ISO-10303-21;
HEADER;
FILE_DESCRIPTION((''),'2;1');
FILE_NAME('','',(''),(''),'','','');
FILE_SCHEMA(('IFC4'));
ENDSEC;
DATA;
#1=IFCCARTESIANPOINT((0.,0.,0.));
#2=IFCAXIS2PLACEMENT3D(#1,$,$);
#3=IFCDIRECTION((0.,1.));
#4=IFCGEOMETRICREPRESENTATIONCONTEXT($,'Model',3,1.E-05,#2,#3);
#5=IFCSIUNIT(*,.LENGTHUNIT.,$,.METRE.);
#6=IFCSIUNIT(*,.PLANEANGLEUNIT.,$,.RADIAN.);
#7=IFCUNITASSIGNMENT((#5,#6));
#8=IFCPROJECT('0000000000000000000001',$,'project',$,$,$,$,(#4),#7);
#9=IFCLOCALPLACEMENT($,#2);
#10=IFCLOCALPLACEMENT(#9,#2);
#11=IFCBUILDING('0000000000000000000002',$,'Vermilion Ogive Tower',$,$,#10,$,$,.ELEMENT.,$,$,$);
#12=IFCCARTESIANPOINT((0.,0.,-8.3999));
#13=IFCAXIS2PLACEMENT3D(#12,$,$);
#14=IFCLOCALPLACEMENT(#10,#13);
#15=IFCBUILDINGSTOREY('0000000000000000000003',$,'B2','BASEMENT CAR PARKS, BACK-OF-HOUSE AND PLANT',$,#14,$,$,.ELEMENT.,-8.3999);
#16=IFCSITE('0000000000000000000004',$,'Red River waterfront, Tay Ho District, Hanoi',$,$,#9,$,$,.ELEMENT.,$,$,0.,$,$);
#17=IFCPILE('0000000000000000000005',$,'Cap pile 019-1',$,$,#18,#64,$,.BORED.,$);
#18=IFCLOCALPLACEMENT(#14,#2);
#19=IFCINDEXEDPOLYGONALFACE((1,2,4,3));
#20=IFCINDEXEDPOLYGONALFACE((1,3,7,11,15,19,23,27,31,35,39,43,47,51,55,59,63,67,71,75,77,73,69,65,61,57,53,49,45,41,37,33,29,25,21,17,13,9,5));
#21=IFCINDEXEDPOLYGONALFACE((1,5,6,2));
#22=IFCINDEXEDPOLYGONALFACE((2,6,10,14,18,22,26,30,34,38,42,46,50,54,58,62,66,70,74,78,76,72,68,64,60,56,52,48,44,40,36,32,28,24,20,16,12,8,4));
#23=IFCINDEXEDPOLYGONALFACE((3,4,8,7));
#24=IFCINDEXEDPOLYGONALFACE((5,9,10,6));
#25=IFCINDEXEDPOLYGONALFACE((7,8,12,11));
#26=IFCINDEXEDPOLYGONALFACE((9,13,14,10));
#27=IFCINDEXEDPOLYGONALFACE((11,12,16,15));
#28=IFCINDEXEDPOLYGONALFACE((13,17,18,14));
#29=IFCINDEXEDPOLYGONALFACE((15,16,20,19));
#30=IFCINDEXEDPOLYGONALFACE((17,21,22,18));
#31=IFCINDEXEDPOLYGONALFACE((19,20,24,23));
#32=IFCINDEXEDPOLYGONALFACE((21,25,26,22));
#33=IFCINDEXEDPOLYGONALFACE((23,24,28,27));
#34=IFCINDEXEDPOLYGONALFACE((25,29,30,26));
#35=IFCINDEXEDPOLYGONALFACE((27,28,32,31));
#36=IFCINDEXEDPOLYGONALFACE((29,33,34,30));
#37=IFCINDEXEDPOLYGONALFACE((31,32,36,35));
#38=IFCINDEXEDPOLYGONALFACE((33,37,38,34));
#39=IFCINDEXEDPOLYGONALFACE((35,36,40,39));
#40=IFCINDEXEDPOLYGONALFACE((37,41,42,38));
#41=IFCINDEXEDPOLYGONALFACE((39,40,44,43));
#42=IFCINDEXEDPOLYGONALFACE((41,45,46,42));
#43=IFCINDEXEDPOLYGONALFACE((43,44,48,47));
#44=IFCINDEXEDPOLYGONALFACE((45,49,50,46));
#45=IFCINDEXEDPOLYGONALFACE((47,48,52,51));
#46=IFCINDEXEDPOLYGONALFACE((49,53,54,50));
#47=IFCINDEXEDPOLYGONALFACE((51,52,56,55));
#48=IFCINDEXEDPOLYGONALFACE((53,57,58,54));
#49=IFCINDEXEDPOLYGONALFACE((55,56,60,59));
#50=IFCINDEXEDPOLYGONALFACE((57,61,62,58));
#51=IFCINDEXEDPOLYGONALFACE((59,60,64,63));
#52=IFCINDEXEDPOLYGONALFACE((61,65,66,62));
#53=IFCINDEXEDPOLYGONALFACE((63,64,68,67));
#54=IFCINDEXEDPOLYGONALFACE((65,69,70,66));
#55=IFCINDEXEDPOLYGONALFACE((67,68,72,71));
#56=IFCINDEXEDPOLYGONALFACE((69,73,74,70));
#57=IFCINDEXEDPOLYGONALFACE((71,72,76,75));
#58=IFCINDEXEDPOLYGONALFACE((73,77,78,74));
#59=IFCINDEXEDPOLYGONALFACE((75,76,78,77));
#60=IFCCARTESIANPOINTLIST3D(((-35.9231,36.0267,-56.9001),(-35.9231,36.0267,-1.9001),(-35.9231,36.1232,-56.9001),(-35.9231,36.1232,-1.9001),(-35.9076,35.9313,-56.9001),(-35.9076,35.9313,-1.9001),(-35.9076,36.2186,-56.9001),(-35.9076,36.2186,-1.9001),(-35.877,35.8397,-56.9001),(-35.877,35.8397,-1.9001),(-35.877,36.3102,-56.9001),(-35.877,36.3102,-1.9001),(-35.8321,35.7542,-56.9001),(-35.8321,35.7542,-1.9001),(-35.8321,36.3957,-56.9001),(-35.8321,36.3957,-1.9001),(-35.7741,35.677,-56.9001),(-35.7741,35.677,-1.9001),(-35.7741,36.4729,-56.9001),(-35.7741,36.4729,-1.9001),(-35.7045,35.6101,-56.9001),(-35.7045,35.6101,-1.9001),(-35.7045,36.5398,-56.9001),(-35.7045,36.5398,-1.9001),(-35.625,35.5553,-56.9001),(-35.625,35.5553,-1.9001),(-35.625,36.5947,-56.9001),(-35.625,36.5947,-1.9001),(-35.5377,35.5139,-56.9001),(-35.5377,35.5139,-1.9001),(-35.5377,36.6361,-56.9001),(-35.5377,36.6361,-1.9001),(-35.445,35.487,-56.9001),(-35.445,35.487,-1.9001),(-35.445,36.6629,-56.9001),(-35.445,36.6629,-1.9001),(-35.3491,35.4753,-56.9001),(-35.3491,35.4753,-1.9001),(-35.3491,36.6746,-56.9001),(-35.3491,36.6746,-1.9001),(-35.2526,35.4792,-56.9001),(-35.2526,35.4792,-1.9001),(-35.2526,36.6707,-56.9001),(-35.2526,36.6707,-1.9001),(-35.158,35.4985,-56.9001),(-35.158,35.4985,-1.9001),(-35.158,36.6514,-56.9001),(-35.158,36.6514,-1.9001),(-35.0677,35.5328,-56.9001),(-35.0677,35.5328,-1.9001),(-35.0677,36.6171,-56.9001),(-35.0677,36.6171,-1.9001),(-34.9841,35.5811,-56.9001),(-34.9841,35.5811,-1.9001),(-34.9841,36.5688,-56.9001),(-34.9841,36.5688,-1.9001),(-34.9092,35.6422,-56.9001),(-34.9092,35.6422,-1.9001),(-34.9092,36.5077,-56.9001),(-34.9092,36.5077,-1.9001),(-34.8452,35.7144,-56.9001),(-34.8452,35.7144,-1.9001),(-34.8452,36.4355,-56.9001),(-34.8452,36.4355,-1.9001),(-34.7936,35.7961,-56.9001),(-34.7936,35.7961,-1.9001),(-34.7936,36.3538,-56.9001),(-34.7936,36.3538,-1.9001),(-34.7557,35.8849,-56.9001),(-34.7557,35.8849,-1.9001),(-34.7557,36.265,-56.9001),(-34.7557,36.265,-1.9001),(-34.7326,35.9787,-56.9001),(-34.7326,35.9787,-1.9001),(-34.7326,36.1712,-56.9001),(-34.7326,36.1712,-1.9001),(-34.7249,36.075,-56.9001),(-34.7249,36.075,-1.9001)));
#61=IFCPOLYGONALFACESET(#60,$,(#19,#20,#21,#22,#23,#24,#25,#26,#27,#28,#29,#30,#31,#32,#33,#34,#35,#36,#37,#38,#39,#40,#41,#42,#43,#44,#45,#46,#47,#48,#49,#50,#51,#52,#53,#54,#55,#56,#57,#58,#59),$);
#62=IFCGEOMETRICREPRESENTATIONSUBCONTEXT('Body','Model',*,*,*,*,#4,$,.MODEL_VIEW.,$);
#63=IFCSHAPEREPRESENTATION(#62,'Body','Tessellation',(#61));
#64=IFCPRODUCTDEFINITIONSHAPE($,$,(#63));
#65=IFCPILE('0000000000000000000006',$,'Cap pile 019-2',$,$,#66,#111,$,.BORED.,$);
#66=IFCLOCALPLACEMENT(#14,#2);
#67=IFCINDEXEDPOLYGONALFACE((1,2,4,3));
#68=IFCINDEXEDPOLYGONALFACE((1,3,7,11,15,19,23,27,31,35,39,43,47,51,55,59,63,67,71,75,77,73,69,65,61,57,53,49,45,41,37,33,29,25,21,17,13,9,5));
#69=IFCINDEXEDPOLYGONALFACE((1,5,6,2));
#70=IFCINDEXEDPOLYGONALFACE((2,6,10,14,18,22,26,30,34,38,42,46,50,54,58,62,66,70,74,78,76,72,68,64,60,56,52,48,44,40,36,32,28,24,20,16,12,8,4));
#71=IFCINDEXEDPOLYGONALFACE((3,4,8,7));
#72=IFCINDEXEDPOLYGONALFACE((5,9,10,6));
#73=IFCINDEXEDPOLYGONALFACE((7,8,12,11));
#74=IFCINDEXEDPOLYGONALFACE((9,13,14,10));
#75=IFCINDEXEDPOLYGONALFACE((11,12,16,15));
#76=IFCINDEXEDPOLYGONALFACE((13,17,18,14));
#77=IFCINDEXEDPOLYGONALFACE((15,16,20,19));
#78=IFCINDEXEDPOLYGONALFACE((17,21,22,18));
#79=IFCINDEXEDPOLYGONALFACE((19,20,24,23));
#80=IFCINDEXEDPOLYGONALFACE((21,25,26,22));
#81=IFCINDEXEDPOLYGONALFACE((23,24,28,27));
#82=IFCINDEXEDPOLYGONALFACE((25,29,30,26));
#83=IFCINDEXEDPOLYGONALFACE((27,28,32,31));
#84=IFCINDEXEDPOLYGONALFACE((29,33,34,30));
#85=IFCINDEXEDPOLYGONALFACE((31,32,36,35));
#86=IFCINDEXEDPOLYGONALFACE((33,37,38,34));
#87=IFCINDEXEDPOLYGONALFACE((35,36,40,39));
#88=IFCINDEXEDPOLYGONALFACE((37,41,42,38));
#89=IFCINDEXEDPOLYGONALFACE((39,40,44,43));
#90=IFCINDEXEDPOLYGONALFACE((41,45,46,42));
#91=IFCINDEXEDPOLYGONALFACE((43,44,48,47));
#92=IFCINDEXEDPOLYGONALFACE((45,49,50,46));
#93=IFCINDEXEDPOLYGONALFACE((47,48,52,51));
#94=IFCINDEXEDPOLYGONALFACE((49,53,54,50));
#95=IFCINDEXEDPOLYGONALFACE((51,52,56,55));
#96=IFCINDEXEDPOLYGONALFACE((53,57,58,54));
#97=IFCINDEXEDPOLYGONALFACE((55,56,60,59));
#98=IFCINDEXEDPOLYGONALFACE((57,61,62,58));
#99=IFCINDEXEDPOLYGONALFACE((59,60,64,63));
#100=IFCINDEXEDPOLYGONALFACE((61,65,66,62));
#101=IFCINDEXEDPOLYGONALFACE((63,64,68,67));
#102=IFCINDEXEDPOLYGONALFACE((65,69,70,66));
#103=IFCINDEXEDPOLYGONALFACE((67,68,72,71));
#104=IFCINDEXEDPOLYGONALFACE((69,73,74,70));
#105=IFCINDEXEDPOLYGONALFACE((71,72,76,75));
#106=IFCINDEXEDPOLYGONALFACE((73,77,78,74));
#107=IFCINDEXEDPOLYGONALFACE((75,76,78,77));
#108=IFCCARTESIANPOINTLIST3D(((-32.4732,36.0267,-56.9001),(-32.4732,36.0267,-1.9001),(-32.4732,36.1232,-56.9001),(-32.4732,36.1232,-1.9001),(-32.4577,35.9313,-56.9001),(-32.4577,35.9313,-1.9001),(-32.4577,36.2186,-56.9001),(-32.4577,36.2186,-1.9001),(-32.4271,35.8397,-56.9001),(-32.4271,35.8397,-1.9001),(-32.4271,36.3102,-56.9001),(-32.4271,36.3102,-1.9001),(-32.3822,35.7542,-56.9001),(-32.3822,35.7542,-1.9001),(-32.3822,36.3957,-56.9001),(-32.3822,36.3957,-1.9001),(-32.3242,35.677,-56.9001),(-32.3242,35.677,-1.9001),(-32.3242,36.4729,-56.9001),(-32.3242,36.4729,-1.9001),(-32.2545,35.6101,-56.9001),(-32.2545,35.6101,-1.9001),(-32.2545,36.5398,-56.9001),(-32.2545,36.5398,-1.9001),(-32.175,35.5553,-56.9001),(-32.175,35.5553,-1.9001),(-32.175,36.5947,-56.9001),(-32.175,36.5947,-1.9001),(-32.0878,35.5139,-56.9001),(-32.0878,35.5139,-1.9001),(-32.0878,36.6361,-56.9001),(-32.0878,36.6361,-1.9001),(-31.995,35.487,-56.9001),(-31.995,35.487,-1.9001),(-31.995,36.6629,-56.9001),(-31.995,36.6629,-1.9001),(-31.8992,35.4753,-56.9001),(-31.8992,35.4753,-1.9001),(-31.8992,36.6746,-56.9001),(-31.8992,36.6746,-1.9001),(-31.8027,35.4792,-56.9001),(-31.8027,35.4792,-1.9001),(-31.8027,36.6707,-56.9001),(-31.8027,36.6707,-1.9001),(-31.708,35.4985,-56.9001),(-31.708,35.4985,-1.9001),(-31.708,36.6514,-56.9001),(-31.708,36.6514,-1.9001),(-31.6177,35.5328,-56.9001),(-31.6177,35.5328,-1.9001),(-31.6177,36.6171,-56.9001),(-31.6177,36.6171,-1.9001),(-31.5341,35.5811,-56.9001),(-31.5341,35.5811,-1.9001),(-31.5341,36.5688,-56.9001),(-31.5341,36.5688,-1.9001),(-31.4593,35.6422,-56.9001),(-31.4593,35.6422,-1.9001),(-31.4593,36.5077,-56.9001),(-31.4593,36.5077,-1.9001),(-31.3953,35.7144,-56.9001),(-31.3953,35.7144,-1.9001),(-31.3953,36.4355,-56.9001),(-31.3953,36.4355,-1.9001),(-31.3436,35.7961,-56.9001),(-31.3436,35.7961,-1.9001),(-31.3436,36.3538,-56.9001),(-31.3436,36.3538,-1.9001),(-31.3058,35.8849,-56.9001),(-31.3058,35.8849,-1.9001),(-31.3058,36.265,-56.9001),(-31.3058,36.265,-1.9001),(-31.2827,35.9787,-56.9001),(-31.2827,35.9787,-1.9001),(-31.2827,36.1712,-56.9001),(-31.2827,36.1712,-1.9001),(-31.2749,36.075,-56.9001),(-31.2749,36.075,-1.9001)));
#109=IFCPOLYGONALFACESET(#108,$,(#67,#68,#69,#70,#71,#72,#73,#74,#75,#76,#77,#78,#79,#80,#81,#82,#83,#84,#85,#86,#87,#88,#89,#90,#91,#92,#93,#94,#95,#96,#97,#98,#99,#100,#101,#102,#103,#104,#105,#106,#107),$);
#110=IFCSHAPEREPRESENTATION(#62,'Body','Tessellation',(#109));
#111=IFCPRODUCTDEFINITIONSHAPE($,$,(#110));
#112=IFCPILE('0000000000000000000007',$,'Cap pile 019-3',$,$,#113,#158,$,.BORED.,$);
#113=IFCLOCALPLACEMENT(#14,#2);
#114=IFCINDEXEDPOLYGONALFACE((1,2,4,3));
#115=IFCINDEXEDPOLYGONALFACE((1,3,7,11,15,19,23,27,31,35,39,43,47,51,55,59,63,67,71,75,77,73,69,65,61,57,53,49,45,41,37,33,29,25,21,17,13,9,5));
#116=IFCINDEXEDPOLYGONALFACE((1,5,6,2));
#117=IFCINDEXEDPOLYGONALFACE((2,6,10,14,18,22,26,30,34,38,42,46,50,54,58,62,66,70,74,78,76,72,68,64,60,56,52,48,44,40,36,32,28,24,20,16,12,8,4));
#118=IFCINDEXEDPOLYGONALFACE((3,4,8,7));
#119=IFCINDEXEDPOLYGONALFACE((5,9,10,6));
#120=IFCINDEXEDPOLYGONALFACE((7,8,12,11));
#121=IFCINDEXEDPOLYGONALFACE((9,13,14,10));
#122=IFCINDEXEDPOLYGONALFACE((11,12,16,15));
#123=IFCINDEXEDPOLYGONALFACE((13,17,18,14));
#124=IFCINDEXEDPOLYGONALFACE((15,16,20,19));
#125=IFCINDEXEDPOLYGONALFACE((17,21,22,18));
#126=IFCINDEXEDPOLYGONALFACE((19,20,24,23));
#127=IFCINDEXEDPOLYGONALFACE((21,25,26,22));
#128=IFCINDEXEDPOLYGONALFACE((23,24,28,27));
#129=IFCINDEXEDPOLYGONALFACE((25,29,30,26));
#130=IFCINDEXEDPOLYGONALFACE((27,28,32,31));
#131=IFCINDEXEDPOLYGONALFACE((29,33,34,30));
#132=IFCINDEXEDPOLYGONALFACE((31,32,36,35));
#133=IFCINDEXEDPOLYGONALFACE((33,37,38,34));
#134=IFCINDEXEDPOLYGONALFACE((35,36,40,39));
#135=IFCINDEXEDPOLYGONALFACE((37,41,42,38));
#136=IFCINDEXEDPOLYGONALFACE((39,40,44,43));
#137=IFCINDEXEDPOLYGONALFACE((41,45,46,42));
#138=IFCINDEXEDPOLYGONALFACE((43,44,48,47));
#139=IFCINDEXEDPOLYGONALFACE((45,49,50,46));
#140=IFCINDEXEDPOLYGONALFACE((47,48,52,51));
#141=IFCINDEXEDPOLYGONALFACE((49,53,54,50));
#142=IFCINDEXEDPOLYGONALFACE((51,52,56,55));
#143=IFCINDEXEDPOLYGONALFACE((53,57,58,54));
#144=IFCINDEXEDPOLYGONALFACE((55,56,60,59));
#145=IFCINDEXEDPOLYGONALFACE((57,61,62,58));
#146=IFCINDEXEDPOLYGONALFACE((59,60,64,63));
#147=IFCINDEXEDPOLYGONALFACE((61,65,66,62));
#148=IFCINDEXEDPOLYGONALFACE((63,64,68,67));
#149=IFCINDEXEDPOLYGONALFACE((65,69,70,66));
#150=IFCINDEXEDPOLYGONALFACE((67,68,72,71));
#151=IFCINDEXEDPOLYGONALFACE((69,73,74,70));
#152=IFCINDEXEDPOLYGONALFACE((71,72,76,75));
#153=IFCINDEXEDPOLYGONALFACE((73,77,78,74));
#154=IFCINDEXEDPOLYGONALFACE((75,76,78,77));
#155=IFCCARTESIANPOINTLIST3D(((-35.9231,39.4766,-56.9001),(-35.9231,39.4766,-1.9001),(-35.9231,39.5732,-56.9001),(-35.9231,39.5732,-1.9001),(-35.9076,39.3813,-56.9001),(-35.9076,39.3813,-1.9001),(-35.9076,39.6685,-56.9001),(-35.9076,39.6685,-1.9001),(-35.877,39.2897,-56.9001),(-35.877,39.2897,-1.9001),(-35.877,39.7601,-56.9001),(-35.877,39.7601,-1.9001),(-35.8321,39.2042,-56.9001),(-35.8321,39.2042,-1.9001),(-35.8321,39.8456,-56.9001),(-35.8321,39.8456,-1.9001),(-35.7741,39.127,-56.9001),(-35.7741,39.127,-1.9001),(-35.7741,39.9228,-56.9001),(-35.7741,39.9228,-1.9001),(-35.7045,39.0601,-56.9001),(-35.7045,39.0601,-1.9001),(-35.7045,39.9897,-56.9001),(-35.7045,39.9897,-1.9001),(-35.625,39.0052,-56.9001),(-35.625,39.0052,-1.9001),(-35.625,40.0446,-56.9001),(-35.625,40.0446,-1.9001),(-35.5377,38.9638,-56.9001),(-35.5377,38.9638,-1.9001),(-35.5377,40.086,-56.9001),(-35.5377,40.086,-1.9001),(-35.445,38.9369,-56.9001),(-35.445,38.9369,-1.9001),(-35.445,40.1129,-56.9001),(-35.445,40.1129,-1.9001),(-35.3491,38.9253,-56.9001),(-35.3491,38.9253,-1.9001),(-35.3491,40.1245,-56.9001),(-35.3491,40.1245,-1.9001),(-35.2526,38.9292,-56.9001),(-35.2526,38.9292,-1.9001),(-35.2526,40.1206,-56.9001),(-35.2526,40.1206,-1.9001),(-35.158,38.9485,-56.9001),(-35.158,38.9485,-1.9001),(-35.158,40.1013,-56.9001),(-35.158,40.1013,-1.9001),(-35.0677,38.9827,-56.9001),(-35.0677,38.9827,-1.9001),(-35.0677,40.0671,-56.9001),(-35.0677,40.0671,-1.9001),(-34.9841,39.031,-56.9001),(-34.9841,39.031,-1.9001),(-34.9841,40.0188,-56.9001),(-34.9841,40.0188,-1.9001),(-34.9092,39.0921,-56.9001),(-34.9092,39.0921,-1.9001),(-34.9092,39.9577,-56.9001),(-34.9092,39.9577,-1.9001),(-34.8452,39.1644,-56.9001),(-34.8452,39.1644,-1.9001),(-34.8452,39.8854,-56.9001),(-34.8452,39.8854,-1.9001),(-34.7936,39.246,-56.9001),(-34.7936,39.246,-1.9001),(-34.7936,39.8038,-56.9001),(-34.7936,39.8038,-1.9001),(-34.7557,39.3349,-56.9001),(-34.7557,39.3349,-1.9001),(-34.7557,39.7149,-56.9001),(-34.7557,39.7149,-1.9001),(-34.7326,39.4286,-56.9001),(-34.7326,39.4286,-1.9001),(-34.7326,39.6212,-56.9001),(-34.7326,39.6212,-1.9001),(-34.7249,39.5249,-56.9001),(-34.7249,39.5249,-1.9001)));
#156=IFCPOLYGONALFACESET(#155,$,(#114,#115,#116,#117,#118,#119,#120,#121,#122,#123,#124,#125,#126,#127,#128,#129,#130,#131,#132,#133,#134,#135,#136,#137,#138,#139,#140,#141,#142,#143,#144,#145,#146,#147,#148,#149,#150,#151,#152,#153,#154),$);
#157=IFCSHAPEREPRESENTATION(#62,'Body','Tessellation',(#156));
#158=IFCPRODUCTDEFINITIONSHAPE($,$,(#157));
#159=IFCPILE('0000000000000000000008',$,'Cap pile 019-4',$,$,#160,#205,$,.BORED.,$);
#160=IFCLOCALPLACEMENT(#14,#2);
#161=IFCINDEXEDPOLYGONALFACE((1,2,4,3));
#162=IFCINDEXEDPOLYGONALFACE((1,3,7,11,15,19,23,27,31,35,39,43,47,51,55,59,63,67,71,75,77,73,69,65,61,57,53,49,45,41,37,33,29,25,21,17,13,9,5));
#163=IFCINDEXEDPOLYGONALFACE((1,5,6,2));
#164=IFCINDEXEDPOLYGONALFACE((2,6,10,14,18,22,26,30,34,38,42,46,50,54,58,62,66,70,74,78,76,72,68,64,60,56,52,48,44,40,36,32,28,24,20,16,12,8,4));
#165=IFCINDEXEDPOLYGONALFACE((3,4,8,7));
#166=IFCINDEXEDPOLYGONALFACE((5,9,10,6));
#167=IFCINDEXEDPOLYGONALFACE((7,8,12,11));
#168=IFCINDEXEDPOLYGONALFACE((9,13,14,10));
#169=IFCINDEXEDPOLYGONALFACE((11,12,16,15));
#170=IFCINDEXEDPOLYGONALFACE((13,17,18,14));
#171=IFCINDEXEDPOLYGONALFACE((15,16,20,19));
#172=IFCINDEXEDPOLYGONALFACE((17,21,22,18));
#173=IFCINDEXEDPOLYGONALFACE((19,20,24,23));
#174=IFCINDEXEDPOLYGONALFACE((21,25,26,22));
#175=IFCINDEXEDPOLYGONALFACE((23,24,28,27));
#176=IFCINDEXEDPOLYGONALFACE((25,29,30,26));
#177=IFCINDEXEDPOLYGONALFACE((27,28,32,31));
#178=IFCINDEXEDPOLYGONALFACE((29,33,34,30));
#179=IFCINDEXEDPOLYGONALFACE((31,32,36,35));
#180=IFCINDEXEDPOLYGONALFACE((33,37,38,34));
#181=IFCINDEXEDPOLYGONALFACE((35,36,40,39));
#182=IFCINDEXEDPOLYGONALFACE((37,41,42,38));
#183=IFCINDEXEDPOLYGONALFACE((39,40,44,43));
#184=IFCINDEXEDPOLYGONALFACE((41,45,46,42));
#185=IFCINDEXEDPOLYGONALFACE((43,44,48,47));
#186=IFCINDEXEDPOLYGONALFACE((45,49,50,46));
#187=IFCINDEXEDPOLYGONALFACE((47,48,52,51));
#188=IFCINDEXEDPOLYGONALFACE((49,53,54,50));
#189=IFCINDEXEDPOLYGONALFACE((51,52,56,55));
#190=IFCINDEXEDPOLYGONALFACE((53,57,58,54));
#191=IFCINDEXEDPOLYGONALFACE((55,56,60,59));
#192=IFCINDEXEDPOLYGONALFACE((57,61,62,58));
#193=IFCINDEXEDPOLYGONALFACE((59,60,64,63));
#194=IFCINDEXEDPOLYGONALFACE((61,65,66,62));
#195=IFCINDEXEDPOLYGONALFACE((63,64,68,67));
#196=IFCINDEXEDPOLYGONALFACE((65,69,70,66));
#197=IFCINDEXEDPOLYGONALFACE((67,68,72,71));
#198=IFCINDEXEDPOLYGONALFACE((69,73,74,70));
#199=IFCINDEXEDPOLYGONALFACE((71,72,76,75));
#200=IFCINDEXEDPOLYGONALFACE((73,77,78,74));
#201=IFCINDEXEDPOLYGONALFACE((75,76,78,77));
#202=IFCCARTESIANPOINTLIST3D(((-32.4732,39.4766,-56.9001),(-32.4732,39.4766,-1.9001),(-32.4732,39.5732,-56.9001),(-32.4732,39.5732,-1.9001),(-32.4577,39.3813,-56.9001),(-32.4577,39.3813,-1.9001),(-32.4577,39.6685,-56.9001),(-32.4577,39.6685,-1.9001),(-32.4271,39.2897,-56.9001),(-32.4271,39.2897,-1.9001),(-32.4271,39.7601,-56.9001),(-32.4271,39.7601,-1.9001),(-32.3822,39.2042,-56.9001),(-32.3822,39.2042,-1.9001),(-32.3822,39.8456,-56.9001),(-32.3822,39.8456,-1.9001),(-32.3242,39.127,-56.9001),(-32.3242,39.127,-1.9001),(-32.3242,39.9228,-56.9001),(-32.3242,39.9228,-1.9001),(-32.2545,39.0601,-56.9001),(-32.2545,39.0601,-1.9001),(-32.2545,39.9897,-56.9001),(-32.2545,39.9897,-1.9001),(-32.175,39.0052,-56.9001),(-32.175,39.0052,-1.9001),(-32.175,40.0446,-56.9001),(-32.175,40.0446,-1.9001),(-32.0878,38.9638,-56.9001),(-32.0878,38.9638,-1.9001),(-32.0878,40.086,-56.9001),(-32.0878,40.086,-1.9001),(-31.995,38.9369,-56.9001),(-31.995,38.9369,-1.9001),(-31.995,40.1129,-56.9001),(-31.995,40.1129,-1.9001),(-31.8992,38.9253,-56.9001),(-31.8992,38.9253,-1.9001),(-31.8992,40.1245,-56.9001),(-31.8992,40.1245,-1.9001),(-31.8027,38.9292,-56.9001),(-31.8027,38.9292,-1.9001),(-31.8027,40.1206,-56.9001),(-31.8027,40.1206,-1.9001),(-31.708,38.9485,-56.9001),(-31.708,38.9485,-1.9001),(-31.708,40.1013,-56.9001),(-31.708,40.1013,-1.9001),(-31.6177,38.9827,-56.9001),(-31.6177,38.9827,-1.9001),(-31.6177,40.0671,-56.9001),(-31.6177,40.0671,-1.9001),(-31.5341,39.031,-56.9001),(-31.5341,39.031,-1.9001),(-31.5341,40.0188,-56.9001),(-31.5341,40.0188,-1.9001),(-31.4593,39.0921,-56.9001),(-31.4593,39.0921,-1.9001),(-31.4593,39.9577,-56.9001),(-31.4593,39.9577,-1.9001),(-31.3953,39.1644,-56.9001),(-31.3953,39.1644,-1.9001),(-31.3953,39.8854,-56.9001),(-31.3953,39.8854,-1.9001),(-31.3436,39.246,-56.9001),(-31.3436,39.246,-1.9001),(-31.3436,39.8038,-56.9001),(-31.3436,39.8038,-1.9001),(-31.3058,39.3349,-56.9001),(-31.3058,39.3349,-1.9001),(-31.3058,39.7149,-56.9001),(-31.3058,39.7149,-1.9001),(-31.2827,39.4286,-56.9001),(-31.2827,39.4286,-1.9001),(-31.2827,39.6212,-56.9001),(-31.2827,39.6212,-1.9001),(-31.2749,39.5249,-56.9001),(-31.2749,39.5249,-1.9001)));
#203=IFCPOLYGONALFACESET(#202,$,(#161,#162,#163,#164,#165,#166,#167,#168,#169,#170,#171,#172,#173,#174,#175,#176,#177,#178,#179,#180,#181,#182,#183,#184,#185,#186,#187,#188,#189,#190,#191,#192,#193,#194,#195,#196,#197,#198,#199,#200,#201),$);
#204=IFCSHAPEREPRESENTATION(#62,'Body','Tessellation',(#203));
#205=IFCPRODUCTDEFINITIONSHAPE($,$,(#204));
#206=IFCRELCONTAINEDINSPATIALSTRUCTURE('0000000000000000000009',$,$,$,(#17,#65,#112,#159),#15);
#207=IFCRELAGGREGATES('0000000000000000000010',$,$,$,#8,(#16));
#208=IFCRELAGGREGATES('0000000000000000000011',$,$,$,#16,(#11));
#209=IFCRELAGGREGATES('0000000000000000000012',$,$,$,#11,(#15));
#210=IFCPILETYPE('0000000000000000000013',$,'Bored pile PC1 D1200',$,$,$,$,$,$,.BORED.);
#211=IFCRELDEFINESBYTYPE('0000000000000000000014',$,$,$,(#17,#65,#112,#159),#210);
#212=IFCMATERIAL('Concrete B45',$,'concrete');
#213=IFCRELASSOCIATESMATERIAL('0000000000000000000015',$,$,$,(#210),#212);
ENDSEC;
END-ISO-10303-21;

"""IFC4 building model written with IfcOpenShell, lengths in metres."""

from ifc_helpers import new_model, si_unit, direction, frame, origin, origin_2d, place, context, subcontext, project, spatial, circle, extrude, material, type_object, element, save


model = new_model("IFC4")

# Units and contexts
model_context = context("Model", 3, precision=1e-05, world=origin(), true_north=direction((0.0, 1.0)))
body_context = subcontext(model_context, "Body", "Model", "MODEL_VIEW")
ifc_project = project(units=[si_unit("LENGTHUNIT", "METRE"), si_unit("PLANEANGLEUNIT", "RADIAN")], contexts=[model_context])

# Site, building, storey
site_placement = place(None, origin())
site = spatial("IfcSite", under=ifc_project, at=site_placement, Name="Red River waterfront, Tay Ho District, Hanoi", CompositionType="ELEMENT", RefElevation=0.0)
building_placement = place(site_placement, origin())
building = spatial("IfcBuilding", under=site, at=building_placement, Name="Vermilion Ogive Tower", CompositionType="ELEMENT")
storey_placement = place(building_placement, frame((0.0, 0.0, -8.3999)))
storey = spatial("IfcBuildingStorey", under=building, at=storey_placement, Name="B2", Description="BASEMENT CAR PARKS, BACK-OF-HOUSE AND PLANT", CompositionType="ELEMENT", Elevation=-8.3999)

# Piles
ifc_material_1 = material(Name="Concrete B45", Category="concrete")
pile_type = type_object("IfcPileType", Name="Bored pile PC1 D1200", PredefinedType="BORED", material=ifc_material_1)
for number, where, z_axis, x_axis, name in (
    (1, (-35.325, 36.075, -1.9001), (0.0, 0.0, -1.0), (1.0, 0.0, 0.0), "Cap pile 019-1"),
    (2, (-31.875, 36.075, -1.9001), (0.0, 0.0, -1.0), (1.0, 0.0, 0.0), "Cap pile 019-2"),
    (3, (-35.325, 39.5249, -1.9001), (0.0, 0.0, -1.0), (1.0, 0.0, 0.0), "Cap pile 019-3"),
    (4, (-31.875, 39.5249, -1.9001), (0.0, 0.0, -1.0), (1.0, 0.0, 0.0), "Cap pile 019-4"),
):
    element("IfcPile", number, at=place(storey_placement, frame(where, z_axis=z_axis, x_axis=x_axis)), inside=storey, type_object=pile_type, Name=name, PredefinedType="BORED", context=body_context, shape_type="SweptSolid", body=[
        extrude(circle(Radius=0.6001, at=origin_2d()), origin(), (0.0, 0.0, 1.0), 55.0),
    ])

save(model, "model.ifc")
